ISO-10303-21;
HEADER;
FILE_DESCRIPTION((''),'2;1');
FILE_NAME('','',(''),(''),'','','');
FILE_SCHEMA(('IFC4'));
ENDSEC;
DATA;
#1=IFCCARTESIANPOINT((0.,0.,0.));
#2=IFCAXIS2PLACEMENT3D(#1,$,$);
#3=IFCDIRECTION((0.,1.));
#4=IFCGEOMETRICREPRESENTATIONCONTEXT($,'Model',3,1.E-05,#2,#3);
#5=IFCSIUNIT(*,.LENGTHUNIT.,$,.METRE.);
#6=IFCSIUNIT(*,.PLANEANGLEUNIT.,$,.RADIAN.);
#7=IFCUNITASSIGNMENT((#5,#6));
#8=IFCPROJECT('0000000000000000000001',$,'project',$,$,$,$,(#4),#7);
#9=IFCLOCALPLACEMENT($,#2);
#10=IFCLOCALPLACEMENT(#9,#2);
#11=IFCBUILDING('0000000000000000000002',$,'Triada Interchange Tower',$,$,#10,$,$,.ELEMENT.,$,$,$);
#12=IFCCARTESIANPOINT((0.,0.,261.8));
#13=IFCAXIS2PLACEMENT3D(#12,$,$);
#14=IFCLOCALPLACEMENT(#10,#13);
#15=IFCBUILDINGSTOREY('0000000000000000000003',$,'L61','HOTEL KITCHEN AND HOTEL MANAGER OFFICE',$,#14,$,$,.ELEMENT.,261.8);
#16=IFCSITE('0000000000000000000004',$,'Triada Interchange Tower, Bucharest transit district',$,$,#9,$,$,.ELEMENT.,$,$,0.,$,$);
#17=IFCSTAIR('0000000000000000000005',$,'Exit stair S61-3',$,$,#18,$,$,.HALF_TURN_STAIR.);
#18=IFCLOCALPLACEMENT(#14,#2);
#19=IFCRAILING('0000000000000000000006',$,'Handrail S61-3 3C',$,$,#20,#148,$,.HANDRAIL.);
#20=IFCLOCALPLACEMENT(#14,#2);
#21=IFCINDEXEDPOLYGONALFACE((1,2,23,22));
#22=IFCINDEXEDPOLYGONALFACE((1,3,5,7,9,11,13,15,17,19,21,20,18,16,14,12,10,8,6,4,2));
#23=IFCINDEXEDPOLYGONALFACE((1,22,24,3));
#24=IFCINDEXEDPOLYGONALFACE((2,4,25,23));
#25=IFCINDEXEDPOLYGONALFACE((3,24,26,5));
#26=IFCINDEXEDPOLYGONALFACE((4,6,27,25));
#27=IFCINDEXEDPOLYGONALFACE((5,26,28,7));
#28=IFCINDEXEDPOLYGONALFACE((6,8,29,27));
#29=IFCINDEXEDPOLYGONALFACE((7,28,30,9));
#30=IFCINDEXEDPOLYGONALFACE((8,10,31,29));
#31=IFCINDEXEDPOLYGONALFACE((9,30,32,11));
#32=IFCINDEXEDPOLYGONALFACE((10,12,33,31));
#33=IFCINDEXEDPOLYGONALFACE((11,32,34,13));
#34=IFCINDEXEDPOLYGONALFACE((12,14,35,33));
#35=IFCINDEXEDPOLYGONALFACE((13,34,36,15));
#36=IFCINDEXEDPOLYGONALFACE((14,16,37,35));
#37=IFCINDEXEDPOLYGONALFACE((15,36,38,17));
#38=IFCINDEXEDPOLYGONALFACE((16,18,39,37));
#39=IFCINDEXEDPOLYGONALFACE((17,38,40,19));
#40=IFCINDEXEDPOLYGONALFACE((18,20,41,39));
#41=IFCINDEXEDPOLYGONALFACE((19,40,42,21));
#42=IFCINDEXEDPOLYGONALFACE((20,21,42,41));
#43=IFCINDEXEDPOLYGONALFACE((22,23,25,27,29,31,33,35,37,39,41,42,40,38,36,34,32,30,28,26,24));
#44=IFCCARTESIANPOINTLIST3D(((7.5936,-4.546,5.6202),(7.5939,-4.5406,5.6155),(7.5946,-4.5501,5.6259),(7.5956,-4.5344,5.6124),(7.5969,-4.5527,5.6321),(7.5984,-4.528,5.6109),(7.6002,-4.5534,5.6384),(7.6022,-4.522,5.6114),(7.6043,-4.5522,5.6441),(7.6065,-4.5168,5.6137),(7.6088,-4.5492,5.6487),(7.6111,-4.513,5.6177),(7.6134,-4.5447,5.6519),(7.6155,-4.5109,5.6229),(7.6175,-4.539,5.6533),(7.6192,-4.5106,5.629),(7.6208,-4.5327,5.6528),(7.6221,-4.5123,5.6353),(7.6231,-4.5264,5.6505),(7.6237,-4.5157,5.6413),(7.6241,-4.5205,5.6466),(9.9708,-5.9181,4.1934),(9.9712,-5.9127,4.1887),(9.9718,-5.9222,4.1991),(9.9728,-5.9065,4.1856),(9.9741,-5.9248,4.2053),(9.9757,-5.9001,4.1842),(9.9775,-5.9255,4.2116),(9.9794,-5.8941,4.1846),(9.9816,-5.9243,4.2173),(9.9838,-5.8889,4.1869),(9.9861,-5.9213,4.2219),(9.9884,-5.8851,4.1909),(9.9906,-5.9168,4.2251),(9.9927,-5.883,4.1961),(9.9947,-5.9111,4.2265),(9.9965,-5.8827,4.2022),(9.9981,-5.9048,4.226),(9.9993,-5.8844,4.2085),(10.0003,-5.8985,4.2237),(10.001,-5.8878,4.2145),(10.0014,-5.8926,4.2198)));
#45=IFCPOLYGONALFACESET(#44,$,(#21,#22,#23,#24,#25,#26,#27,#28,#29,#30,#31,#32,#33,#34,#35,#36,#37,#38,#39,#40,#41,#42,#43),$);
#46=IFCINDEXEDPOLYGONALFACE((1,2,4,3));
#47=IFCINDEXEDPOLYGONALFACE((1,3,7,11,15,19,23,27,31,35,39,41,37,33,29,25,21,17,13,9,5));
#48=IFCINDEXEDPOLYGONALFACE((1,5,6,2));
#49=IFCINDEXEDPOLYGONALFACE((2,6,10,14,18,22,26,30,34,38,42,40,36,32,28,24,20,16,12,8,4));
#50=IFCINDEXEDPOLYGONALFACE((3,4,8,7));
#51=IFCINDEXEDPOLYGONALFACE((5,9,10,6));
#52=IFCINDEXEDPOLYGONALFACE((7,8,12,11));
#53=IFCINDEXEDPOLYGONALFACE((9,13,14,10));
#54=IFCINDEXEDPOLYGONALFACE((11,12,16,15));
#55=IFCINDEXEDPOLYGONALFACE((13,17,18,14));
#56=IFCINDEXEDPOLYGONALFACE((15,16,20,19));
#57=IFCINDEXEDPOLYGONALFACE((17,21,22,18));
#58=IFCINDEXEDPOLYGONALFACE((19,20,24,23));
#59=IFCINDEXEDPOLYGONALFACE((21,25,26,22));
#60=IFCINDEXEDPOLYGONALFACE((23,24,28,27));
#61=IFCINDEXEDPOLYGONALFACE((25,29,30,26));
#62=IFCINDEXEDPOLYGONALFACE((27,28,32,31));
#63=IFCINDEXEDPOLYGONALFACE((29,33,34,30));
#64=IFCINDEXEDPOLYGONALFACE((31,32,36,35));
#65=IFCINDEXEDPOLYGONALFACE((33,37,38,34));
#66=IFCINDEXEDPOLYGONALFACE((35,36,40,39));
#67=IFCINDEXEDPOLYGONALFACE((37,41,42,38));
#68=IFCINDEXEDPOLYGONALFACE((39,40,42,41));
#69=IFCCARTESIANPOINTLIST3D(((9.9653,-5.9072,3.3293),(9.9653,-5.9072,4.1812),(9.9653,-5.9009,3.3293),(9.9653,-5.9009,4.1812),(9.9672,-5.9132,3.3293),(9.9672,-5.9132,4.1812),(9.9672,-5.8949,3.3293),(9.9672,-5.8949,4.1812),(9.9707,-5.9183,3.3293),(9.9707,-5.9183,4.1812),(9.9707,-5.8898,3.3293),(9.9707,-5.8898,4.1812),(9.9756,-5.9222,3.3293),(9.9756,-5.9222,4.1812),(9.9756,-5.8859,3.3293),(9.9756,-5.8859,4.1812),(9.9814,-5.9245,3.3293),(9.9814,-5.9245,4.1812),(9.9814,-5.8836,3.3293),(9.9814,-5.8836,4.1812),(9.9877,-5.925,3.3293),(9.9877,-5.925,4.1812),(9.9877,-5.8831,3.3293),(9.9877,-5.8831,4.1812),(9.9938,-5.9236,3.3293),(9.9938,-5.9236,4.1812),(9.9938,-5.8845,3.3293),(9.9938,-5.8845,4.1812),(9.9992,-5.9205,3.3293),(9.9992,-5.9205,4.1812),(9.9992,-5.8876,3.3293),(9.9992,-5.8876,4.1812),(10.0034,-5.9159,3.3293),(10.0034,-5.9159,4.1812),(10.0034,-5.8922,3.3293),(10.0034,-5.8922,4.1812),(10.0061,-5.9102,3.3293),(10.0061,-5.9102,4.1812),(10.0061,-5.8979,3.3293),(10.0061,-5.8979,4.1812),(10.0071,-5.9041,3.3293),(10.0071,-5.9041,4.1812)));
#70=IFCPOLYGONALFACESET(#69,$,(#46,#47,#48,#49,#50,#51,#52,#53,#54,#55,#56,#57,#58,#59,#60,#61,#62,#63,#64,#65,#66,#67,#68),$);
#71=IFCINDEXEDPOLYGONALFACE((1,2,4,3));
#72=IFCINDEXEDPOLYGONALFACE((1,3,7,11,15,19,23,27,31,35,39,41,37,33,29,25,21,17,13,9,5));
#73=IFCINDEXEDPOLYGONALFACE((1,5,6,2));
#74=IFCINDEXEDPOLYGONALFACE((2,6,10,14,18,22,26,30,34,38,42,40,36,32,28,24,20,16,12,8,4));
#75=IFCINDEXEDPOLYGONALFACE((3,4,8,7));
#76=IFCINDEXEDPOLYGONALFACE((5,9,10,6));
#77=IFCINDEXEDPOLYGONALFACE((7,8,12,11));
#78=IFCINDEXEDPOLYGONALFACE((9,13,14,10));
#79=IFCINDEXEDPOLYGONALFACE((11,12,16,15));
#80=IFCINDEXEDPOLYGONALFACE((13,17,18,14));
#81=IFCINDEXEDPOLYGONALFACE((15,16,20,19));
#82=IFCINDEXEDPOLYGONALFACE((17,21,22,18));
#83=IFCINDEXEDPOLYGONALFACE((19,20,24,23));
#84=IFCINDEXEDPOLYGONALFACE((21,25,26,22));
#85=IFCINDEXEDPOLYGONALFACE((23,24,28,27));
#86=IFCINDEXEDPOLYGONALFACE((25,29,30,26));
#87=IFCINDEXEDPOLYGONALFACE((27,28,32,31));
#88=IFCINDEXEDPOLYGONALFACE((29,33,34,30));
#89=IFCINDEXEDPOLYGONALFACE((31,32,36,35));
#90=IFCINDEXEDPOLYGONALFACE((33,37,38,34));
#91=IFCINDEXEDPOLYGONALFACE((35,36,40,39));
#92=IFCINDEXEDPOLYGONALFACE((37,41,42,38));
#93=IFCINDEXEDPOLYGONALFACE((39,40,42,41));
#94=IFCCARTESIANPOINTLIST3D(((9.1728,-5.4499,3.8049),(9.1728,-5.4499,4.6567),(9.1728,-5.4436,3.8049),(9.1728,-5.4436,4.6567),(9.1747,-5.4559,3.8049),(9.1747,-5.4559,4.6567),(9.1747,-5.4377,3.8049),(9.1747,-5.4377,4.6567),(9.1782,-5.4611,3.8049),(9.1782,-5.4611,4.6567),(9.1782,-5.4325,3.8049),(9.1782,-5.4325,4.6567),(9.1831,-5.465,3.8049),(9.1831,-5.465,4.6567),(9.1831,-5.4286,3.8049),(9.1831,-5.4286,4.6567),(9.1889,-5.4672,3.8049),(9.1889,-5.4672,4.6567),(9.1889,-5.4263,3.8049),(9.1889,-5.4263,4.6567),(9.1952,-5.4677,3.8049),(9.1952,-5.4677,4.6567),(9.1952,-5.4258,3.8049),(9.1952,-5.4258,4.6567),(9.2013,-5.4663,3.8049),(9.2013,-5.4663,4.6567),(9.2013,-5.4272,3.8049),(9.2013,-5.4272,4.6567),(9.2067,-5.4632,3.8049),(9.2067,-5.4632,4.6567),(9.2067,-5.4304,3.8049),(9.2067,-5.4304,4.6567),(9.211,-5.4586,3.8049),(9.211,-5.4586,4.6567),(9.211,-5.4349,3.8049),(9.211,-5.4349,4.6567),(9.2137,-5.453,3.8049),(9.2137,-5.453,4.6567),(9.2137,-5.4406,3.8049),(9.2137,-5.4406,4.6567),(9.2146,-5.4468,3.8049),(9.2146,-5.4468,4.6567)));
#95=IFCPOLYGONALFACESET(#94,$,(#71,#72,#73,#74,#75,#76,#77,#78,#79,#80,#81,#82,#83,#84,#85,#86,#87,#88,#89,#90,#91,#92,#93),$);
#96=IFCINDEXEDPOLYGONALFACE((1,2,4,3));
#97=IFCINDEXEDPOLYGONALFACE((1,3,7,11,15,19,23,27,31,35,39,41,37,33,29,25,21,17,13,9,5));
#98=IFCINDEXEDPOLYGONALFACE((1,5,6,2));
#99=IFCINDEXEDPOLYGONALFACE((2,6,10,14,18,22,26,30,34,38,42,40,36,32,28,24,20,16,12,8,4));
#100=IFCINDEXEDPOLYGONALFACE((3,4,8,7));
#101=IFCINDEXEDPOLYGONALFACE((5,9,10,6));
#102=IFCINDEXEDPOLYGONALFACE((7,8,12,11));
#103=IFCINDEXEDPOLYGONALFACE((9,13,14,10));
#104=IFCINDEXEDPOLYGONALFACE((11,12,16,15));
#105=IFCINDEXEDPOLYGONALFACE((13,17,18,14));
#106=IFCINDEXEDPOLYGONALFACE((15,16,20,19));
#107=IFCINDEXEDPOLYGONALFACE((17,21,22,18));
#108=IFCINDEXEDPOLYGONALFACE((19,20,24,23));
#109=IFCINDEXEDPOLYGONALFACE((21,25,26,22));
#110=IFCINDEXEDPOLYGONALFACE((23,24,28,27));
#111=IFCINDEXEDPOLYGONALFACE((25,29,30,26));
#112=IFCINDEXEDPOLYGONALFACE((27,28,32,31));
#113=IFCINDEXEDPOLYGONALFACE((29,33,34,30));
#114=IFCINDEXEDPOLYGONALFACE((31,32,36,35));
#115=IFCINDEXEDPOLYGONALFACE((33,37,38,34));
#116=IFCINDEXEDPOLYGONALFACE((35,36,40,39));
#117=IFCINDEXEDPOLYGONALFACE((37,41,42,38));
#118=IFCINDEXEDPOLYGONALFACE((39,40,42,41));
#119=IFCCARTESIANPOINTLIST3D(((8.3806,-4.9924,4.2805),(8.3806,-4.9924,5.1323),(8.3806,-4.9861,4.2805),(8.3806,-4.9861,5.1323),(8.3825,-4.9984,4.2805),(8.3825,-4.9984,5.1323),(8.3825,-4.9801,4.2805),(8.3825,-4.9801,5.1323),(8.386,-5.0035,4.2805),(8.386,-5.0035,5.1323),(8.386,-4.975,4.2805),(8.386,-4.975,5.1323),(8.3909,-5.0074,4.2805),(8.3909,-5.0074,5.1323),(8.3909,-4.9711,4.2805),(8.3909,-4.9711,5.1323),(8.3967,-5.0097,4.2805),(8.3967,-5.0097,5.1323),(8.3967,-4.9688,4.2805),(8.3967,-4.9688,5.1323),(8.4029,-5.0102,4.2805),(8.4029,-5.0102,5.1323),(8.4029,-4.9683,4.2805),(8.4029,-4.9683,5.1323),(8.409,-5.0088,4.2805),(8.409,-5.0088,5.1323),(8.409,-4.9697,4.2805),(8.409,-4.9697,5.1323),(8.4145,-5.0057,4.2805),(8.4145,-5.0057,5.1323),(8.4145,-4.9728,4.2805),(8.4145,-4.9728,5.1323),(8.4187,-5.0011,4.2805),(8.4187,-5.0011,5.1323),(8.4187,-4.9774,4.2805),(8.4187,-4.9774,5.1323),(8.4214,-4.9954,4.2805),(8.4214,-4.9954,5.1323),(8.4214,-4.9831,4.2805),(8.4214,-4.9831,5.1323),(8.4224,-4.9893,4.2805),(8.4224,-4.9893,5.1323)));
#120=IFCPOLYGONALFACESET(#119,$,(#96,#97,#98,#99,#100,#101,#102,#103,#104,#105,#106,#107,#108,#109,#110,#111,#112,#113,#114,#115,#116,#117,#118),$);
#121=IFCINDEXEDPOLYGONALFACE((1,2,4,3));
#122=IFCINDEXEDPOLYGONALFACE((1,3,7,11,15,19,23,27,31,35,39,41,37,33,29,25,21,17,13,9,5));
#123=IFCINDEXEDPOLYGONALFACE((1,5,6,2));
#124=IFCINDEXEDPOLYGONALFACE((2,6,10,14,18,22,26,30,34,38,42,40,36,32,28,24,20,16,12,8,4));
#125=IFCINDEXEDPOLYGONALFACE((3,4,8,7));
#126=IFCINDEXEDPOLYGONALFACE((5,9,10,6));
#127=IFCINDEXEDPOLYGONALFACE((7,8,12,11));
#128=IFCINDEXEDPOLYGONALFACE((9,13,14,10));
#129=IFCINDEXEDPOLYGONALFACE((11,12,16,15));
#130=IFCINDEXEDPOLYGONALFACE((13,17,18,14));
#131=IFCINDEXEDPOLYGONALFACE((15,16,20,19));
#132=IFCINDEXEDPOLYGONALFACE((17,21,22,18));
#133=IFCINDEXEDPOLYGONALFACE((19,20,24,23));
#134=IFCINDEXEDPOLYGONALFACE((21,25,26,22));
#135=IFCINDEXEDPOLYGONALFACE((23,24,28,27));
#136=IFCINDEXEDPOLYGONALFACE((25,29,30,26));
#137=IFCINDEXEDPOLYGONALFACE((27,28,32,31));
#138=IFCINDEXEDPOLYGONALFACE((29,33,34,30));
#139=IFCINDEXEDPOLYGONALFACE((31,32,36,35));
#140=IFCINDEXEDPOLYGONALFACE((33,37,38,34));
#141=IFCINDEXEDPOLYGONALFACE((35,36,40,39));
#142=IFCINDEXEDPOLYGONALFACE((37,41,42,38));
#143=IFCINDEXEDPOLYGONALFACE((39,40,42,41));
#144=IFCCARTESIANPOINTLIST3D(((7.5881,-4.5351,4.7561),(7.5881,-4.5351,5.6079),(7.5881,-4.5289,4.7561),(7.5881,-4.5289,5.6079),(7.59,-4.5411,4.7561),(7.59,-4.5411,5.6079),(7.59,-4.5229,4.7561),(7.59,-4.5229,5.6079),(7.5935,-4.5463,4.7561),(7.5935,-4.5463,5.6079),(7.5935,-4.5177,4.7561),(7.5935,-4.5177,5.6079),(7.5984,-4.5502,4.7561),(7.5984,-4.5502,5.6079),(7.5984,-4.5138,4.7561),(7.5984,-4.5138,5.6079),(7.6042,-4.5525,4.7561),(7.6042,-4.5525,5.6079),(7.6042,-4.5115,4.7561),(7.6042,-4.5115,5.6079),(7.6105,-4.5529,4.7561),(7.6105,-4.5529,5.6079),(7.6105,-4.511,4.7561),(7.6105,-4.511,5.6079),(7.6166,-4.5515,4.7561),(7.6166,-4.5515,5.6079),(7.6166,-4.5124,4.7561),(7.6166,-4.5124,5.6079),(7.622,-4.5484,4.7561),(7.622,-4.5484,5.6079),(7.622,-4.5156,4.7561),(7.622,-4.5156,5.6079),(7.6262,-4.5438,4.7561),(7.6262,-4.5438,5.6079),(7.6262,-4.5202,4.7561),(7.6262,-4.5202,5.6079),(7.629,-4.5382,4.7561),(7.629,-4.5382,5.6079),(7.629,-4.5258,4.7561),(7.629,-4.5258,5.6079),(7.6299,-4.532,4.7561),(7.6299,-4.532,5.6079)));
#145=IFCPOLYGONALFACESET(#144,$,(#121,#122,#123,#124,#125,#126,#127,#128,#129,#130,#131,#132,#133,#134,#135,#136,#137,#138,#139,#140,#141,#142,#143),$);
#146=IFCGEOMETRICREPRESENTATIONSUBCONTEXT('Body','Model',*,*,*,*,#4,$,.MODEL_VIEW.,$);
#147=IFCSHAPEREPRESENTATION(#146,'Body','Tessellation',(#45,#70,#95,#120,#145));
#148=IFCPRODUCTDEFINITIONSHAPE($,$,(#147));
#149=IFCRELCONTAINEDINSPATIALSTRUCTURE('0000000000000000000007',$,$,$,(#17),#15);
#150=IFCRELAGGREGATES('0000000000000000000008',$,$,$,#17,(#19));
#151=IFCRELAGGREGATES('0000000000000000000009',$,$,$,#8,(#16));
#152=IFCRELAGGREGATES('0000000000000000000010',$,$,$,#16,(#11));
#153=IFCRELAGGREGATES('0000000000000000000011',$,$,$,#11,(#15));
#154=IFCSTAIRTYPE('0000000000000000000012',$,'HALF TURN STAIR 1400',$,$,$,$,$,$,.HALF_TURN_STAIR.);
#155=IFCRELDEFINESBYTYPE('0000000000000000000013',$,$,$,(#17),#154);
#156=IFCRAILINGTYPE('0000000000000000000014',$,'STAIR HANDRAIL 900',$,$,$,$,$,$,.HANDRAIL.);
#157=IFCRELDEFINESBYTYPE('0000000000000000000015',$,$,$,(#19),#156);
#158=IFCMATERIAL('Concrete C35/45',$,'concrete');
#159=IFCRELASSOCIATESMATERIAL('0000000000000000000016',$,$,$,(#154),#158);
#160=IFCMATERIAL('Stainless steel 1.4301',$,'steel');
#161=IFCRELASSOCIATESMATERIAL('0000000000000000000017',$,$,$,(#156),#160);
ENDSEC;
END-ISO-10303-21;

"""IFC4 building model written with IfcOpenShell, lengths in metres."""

from ifc_helpers import new_model, si_unit, direction, frame, origin, origin_2d, place, context, subcontext, project, spatial, circle, extrude, material, type_object, element, aggregate, save


model = new_model("IFC4")

# Units and contexts
model_context = context("Model", 3, precision=1e-05, world=origin(), true_north=direction((0.0, 1.0)))
body_context = subcontext(model_context, "Body", "Model", "MODEL_VIEW")
ifc_project = project(units=[si_unit("LENGTHUNIT", "METRE"), si_unit("PLANEANGLEUNIT", "RADIAN")], contexts=[model_context])

# Site, building, storey
site_placement = place(None, origin())
site = spatial("IfcSite", under=ifc_project, at=site_placement, Name="Triada Interchange Tower, Bucharest transit district", CompositionType="ELEMENT", RefElevation=0.0)
building_placement = place(site_placement, origin())
building = spatial("IfcBuilding", under=site, at=building_placement, Name="Triada Interchange Tower", CompositionType="ELEMENT")
storey_placement = place(building_placement, frame((0.0, 0.0, 261.8)))
storey = spatial("IfcBuildingStorey", under=building, at=storey_placement, Name="L61", Description="HOTEL KITCHEN AND HOTEL MANAGER OFFICE", CompositionType="ELEMENT", Elevation=261.8)

# Shared definitions
ifc_material_1 = material(Name="Concrete C35/45", Category="concrete")

# Stair, railing
stair_type = type_object("IfcStairType", Name="HALF TURN STAIR 1400", PredefinedType="HALF_TURN_STAIR", material=ifc_material_1)
stair_placement = place(storey_placement, origin())
stair = element("IfcStair", 1, at=stair_placement, inside=storey, type_object=stair_type, Name="Exit stair S61-3", PredefinedType="HALF_TURN_STAIR")
ifc_material_2 = material(Name="Stainless steel 1.4301", Category="steel")
railing_type_1 = type_object("IfcRailingType", Name="STAIR HANDRAIL 900", PredefinedType="HANDRAIL", material=ifc_material_2)
railing_1_placement = place(storey_placement, frame((9.9861, -5.9041, 3.3293)))
railing_1 = element("IfcRailing", 2, at=railing_1_placement, type_object=railing_type_1, Name="Handrail S61-3 3C", PredefinedType="HANDRAIL", context=body_context, shape_type="SweptSolid", body=[
    extrude(circle(Radius=0.0239, at=origin_2d()), frame((0.0, 0.0, 0.876), z_axis=(-0.768468, 0.443544, 0.461223), x_axis=(-0.499889, -0.866089, 0.0)), (0.0, 0.0, 1.0), 3.0935),
    extrude(circle(Radius=0.021, at=origin_2d()), origin(), (0.0, 0.0, 1.0), 0.8518),
    extrude(circle(Radius=0.021, at=origin_2d()), frame((-0.7925, 0.4573, 0.4756)), (0.0, 0.0, 1.0), 0.8518),
    extrude(circle(Radius=0.021, at=origin_2d()), frame((-1.5847, 0.9148, 0.9512)), (0.0, 0.0, 1.0), 0.8518),
    extrude(circle(Radius=0.021, at=origin_2d()), frame((-2.3772, 1.3721, 1.4268)), (0.0, 0.0, 1.0), 0.8518),
])
aggregate(stair, [railing_1])

save(model, "model.ifc")
